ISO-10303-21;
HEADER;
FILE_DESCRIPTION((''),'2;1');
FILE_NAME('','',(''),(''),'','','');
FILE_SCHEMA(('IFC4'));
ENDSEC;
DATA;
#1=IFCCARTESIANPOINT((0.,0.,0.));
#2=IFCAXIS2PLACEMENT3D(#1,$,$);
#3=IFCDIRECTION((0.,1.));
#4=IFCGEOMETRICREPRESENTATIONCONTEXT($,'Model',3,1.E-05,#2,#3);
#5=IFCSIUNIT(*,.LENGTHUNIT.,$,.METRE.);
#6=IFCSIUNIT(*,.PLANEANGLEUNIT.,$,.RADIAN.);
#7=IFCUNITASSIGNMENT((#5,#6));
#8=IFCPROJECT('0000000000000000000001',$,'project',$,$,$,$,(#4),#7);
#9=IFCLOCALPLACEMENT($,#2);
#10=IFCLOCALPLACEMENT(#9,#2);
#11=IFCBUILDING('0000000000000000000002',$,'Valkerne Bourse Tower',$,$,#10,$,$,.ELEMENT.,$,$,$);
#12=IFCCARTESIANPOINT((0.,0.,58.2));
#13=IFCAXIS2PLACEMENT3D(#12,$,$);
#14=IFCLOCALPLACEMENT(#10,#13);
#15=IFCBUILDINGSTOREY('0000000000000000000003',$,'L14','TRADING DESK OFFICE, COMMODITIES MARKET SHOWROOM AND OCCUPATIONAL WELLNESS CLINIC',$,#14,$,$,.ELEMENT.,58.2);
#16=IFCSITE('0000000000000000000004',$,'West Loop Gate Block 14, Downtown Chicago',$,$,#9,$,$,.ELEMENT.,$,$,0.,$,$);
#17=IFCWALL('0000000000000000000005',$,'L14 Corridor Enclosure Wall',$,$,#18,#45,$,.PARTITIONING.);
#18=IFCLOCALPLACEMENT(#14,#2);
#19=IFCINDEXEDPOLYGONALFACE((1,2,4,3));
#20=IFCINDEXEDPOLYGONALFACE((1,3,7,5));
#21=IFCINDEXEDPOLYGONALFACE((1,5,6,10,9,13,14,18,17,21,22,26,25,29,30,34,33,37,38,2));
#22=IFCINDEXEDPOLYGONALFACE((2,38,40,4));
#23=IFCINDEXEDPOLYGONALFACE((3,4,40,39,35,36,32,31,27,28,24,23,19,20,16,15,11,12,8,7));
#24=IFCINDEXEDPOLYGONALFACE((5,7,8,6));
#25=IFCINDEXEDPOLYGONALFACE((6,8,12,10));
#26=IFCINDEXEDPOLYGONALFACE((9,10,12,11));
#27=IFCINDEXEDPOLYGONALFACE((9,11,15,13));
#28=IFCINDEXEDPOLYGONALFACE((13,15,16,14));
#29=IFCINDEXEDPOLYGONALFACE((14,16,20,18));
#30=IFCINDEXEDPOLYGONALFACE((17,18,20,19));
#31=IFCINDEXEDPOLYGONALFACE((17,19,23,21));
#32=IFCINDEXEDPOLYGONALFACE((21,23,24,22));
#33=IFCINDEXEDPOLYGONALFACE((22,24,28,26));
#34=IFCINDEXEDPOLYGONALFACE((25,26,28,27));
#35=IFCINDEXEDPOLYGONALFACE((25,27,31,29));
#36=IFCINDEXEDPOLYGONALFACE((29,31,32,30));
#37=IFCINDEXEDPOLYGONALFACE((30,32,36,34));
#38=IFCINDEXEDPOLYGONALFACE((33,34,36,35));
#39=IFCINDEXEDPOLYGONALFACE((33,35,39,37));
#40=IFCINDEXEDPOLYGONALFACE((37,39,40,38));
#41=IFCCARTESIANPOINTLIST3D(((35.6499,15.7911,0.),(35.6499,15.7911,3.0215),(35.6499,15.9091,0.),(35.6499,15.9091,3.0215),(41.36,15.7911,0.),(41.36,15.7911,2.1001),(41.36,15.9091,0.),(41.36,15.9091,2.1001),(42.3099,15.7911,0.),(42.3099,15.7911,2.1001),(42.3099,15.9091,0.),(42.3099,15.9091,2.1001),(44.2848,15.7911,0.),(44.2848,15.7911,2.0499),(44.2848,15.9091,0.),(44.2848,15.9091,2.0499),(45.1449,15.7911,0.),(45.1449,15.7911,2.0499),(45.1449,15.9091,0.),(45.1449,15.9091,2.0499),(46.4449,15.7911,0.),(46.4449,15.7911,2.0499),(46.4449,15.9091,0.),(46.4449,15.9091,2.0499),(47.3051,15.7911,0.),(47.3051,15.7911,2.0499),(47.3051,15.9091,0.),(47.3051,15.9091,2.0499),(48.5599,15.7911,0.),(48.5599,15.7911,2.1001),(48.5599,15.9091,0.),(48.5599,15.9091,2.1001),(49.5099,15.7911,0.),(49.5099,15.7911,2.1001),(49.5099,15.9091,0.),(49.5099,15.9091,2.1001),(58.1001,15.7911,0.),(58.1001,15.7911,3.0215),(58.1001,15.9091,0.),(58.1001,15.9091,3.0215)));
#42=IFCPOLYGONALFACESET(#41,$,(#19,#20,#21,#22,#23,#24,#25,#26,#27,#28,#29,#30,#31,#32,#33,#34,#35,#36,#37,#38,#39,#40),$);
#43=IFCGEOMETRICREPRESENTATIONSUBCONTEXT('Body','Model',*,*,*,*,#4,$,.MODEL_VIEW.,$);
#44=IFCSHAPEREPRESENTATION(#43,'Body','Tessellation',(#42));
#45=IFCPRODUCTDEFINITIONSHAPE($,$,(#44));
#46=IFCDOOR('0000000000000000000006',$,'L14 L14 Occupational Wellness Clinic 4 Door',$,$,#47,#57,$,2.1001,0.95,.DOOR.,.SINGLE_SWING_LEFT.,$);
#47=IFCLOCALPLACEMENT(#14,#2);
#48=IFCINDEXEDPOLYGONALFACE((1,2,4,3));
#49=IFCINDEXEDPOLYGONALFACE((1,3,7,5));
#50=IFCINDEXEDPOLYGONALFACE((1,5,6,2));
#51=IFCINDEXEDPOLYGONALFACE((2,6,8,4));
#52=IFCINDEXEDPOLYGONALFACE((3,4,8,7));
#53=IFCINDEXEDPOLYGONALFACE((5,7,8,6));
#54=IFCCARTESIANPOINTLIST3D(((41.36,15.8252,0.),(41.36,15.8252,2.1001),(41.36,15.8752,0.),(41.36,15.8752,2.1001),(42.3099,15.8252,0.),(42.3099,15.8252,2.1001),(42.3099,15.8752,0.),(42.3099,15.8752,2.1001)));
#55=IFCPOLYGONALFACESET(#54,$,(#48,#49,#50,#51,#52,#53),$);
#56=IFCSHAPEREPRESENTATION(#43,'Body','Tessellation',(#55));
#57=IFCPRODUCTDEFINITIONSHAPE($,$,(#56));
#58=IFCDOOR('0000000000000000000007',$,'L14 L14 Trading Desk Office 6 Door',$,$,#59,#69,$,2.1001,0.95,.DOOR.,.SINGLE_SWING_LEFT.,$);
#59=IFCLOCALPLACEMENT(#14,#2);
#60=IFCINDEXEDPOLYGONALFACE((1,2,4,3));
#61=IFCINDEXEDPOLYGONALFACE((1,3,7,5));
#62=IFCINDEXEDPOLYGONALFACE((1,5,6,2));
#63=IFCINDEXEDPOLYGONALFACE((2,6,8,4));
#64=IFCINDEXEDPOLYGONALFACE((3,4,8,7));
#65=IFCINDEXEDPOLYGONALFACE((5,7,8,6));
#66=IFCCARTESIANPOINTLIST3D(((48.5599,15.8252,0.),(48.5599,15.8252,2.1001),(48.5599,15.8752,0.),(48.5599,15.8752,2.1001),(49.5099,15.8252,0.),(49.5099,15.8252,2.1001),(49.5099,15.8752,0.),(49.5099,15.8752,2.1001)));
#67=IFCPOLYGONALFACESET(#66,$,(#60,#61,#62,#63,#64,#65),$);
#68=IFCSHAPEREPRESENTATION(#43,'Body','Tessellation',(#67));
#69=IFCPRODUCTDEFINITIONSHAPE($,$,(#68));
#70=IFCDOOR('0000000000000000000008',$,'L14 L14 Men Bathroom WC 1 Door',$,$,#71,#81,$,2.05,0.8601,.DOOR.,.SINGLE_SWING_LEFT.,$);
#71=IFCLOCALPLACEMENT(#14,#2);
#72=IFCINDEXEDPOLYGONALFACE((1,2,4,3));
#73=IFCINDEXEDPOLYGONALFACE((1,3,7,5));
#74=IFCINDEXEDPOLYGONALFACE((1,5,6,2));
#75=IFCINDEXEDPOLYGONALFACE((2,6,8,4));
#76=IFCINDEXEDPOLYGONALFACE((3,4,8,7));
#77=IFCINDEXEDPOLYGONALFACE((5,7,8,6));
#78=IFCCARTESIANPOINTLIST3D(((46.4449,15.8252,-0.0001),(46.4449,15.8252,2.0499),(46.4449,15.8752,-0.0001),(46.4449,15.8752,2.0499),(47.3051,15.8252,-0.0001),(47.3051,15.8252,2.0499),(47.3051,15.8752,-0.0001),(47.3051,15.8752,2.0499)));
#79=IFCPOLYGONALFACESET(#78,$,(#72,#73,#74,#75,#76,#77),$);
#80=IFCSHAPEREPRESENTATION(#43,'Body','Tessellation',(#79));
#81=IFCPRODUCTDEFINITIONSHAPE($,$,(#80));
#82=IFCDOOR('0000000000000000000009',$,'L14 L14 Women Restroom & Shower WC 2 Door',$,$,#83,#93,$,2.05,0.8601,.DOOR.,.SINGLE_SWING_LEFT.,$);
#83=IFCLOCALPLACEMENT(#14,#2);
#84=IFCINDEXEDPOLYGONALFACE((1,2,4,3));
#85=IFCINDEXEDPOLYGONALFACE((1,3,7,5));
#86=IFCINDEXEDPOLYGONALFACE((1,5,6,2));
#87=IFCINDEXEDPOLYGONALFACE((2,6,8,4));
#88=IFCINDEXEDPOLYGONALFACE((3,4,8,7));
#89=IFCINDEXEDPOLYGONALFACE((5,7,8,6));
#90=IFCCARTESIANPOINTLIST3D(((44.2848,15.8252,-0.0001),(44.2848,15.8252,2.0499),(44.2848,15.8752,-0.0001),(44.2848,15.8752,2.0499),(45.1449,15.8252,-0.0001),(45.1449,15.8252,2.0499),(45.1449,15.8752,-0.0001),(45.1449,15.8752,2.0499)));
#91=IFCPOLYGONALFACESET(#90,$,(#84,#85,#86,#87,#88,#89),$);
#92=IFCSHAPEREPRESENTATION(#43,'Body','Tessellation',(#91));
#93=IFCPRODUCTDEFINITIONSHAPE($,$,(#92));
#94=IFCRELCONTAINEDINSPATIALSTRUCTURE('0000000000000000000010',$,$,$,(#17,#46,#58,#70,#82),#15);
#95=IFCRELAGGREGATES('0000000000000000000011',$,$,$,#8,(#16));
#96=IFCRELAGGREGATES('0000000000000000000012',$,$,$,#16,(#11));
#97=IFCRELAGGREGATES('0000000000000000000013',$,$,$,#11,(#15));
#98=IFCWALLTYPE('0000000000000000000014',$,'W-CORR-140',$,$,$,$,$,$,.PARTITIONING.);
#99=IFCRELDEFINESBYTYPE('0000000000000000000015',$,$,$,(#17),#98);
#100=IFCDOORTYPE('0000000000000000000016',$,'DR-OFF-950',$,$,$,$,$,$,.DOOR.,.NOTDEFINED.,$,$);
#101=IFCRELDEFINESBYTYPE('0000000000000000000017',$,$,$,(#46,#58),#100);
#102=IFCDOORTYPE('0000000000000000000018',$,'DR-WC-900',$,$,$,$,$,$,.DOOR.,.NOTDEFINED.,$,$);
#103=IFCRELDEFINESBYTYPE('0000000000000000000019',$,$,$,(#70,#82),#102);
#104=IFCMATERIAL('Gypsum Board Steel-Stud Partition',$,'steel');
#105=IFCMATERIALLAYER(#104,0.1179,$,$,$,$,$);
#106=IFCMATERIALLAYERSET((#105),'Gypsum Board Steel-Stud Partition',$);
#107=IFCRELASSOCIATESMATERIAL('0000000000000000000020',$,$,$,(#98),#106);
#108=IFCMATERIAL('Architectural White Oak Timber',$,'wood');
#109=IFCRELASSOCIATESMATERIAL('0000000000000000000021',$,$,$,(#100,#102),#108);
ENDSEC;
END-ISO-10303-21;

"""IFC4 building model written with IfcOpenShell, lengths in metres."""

from ifc_helpers import new_model, si_unit, direction, frame, frame_2d, origin, place, context, subcontext, project, spatial, rectangle, extrude, material, layer, layer_set, type_object, element, fill, save


model = new_model("IFC4")

# Units and contexts
model_context = context("Model", 3, precision=1e-05, world=origin(), true_north=direction((0.0, 1.0)))
body_context = subcontext(model_context, "Body", "Model", "MODEL_VIEW")
ifc_project = project(units=[si_unit("LENGTHUNIT", "METRE"), si_unit("PLANEANGLEUNIT", "RADIAN")], contexts=[model_context])

# Site, building, storey
site_placement = place(None, origin())
site = spatial("IfcSite", under=ifc_project, at=site_placement, Name="West Loop Gate Block 14, Downtown Chicago", CompositionType="ELEMENT", RefElevation=0.0)
building_placement = place(site_placement, origin())
building = spatial("IfcBuilding", under=site, at=building_placement, Name="Valkerne Bourse Tower", CompositionType="ELEMENT")
storey_placement = place(building_placement, frame((0.0, 0.0, 58.2)))
storey = spatial("IfcBuildingStorey", under=building, at=storey_placement, Name="L14", Description="TRADING DESK OFFICE, COMMODITIES MARKET SHOWROOM AND OCCUPATIONAL WELLNESS CLINIC", CompositionType="ELEMENT", Elevation=58.2)

# Wall, openings, doors
ifc_material_1 = material(Name="Gypsum Board Steel-Stud Partition", Category="steel")
ifc_layer_1 = layer(ifc_material_1, 0.1179)
ifc_layer_set_1 = layer_set([ifc_layer_1], Name="Gypsum Board Steel-Stud Partition")
wall_type = type_object("IfcWallType", Name="W-CORR-140", PredefinedType="PARTITIONING", material=ifc_layer_set_1)
wall_placement = place(storey_placement, frame((58.1001, 15.8501, 0.0), z_axis=(0.0, 0.0, 1.0), x_axis=(-1.0, 0.0, 0.0)))
wall = element("IfcWall", 1, at=wall_placement, inside=storey, type_object=wall_type, Name="L14 Corridor Enclosure Wall", PredefinedType="PARTITIONING", context=body_context, shape_type="SweptSolid", body=[
    extrude(rectangle(XDim=22.4502, YDim=0.1179, at=frame_2d((11.2251, 0.0))), origin(), (0.0, 0.0, 1.0), 3.0215),
])
opening_1_placement = place(wall_placement, frame((10.7949, 0.0, 0.0)))
opening_1 = element("IfcOpeningElement", 2, at=opening_1_placement, cuts=wall, PredefinedType="OPENING", context=body_context, shape_type="SweptSolid", body=[
    extrude(rectangle(XDim=0.8601, YDim=2.05, at=frame_2d((0.4302, 1.0249))), frame((0.0, 0.0688, 0.0), z_axis=(0.0, -1.0, 0.0), x_axis=(1.0, 0.0, 0.0)), (0.0, 0.0, 1.0), 0.1379),
])
opening_2_placement = place(wall_placement, frame((12.9551, 0.0, 0.0)))
opening_2 = element("IfcOpeningElement", 3, at=opening_2_placement, cuts=wall, PredefinedType="OPENING", context=body_context, shape_type="SweptSolid", body=[
    extrude(rectangle(XDim=0.8601, YDim=2.05, at=frame_2d((0.4302, 1.0249))), frame((0.0, 0.0688, 0.0), z_axis=(0.0, -1.0, 0.0), x_axis=(1.0, 0.0, 0.0)), (0.0, 0.0, 1.0), 0.1379),
])
opening_3_placement = place(wall_placement, frame((15.79, 0.0, 0.0)))
opening_3 = element("IfcOpeningElement", 4, at=opening_3_placement, cuts=wall, PredefinedType="OPENING", context=body_context, shape_type="SweptSolid", body=[
    extrude(rectangle(XDim=0.95, YDim=2.1001, at=frame_2d((0.4751, 1.05))), frame((0.0, 0.0688, 0.0), z_axis=(0.0, -1.0, 0.0), x_axis=(1.0, 0.0, 0.0)), (0.0, 0.0, 1.0), 0.1379),
])
opening_4_placement = place(wall_placement, frame((8.5901, 0.0, 0.0)))
opening_4 = element("IfcOpeningElement", 5, at=opening_4_placement, cuts=wall, PredefinedType="OPENING", context=body_context, shape_type="SweptSolid", body=[
    extrude(rectangle(XDim=0.95, YDim=2.1001, at=frame_2d((0.4751, 1.05))), frame((0.0, 0.0688, 0.0), z_axis=(0.0, -1.0, 0.0), x_axis=(1.0, 0.0, 0.0)), (0.0, 0.0, 1.0), 0.1379),
])
ifc_material_2 = material(Name="Architectural White Oak Timber", Category="wood")
door_type_1 = type_object("IfcDoorType", Name="DR-OFF-950", OperationType="NOTDEFINED", PredefinedType="DOOR", material=ifc_material_2)
door_1_placement = place(opening_3_placement, origin())
door_1 = element("IfcDoor", 6, at=door_1_placement, inside=storey, type_object=door_type_1, Name="L14 L14 Occupational Wellness Clinic 4 Door", OperationType="SINGLE_SWING_LEFT", OverallHeight=2.1001, OverallWidth=0.95, PredefinedType="DOOR", context=body_context, shape_type="SweptSolid", body=[
    extrude(rectangle(XDim=0.95, YDim=2.1001, at=frame_2d((0.4751, 1.05))), frame((0.0, 0.0249, 0.0), z_axis=(0.0, -1.0, 0.0), x_axis=(1.0, 0.0, 0.0)), (0.0, 0.0, 1.0), 0.05),
])
fill(opening_3, door_1)
door_2_placement = place(opening_4_placement, origin())
door_2 = element("IfcDoor", 7, at=door_2_placement, inside=storey, type_object=door_type_1, Name="L14 L14 Trading Desk Office 6 Door", OperationType="SINGLE_SWING_LEFT", OverallHeight=2.1001, OverallWidth=0.95, PredefinedType="DOOR", context=body_context, shape_type="SweptSolid", body=[
    extrude(rectangle(XDim=0.95, YDim=2.1001, at=frame_2d((0.4751, 1.05))), frame((0.0, 0.0249, 0.0), z_axis=(0.0, -1.0, 0.0), x_axis=(1.0, 0.0, 0.0)), (0.0, 0.0, 1.0), 0.05),
])
fill(opening_4, door_2)
door_type_2 = type_object("IfcDoorType", Name="DR-WC-900", OperationType="NOTDEFINED", PredefinedType="DOOR", material=ifc_material_2)
door_3_placement = place(opening_1_placement, origin())
door_3 = element("IfcDoor", 8, at=door_3_placement, inside=storey, type_object=door_type_2, Name="L14 L14 Men Bathroom WC 1 Door", OperationType="SINGLE_SWING_LEFT", OverallHeight=2.05, OverallWidth=0.8601, PredefinedType="DOOR", context=body_context, shape_type="SweptSolid", body=[
    extrude(rectangle(XDim=0.8601, YDim=2.05, at=frame_2d((0.4302, 1.0249))), frame((0.0, 0.0249, 0.0), z_axis=(0.0, -1.0, 0.0), x_axis=(1.0, 0.0, 0.0)), (0.0, 0.0, 1.0), 0.05),
])
fill(opening_1, door_3)
door_4_placement = place(opening_2_placement, origin())
door_4 = element("IfcDoor", 9, at=door_4_placement, inside=storey, type_object=door_type_2, Name="L14 L14 Women Restroom & Shower WC 2 Door", OperationType="SINGLE_SWING_LEFT", OverallHeight=2.05, OverallWidth=0.8601, PredefinedType="DOOR", context=body_context, shape_type="SweptSolid", body=[
    extrude(rectangle(XDim=0.8601, YDim=2.05, at=frame_2d((0.4302, 1.0249))), frame((0.0, 0.0249, 0.0), z_axis=(0.0, -1.0, 0.0), x_axis=(1.0, 0.0, 0.0)), (0.0, 0.0, 1.0), 0.05),
])
fill(opening_2, door_4)

save(model, "model.ifc")
